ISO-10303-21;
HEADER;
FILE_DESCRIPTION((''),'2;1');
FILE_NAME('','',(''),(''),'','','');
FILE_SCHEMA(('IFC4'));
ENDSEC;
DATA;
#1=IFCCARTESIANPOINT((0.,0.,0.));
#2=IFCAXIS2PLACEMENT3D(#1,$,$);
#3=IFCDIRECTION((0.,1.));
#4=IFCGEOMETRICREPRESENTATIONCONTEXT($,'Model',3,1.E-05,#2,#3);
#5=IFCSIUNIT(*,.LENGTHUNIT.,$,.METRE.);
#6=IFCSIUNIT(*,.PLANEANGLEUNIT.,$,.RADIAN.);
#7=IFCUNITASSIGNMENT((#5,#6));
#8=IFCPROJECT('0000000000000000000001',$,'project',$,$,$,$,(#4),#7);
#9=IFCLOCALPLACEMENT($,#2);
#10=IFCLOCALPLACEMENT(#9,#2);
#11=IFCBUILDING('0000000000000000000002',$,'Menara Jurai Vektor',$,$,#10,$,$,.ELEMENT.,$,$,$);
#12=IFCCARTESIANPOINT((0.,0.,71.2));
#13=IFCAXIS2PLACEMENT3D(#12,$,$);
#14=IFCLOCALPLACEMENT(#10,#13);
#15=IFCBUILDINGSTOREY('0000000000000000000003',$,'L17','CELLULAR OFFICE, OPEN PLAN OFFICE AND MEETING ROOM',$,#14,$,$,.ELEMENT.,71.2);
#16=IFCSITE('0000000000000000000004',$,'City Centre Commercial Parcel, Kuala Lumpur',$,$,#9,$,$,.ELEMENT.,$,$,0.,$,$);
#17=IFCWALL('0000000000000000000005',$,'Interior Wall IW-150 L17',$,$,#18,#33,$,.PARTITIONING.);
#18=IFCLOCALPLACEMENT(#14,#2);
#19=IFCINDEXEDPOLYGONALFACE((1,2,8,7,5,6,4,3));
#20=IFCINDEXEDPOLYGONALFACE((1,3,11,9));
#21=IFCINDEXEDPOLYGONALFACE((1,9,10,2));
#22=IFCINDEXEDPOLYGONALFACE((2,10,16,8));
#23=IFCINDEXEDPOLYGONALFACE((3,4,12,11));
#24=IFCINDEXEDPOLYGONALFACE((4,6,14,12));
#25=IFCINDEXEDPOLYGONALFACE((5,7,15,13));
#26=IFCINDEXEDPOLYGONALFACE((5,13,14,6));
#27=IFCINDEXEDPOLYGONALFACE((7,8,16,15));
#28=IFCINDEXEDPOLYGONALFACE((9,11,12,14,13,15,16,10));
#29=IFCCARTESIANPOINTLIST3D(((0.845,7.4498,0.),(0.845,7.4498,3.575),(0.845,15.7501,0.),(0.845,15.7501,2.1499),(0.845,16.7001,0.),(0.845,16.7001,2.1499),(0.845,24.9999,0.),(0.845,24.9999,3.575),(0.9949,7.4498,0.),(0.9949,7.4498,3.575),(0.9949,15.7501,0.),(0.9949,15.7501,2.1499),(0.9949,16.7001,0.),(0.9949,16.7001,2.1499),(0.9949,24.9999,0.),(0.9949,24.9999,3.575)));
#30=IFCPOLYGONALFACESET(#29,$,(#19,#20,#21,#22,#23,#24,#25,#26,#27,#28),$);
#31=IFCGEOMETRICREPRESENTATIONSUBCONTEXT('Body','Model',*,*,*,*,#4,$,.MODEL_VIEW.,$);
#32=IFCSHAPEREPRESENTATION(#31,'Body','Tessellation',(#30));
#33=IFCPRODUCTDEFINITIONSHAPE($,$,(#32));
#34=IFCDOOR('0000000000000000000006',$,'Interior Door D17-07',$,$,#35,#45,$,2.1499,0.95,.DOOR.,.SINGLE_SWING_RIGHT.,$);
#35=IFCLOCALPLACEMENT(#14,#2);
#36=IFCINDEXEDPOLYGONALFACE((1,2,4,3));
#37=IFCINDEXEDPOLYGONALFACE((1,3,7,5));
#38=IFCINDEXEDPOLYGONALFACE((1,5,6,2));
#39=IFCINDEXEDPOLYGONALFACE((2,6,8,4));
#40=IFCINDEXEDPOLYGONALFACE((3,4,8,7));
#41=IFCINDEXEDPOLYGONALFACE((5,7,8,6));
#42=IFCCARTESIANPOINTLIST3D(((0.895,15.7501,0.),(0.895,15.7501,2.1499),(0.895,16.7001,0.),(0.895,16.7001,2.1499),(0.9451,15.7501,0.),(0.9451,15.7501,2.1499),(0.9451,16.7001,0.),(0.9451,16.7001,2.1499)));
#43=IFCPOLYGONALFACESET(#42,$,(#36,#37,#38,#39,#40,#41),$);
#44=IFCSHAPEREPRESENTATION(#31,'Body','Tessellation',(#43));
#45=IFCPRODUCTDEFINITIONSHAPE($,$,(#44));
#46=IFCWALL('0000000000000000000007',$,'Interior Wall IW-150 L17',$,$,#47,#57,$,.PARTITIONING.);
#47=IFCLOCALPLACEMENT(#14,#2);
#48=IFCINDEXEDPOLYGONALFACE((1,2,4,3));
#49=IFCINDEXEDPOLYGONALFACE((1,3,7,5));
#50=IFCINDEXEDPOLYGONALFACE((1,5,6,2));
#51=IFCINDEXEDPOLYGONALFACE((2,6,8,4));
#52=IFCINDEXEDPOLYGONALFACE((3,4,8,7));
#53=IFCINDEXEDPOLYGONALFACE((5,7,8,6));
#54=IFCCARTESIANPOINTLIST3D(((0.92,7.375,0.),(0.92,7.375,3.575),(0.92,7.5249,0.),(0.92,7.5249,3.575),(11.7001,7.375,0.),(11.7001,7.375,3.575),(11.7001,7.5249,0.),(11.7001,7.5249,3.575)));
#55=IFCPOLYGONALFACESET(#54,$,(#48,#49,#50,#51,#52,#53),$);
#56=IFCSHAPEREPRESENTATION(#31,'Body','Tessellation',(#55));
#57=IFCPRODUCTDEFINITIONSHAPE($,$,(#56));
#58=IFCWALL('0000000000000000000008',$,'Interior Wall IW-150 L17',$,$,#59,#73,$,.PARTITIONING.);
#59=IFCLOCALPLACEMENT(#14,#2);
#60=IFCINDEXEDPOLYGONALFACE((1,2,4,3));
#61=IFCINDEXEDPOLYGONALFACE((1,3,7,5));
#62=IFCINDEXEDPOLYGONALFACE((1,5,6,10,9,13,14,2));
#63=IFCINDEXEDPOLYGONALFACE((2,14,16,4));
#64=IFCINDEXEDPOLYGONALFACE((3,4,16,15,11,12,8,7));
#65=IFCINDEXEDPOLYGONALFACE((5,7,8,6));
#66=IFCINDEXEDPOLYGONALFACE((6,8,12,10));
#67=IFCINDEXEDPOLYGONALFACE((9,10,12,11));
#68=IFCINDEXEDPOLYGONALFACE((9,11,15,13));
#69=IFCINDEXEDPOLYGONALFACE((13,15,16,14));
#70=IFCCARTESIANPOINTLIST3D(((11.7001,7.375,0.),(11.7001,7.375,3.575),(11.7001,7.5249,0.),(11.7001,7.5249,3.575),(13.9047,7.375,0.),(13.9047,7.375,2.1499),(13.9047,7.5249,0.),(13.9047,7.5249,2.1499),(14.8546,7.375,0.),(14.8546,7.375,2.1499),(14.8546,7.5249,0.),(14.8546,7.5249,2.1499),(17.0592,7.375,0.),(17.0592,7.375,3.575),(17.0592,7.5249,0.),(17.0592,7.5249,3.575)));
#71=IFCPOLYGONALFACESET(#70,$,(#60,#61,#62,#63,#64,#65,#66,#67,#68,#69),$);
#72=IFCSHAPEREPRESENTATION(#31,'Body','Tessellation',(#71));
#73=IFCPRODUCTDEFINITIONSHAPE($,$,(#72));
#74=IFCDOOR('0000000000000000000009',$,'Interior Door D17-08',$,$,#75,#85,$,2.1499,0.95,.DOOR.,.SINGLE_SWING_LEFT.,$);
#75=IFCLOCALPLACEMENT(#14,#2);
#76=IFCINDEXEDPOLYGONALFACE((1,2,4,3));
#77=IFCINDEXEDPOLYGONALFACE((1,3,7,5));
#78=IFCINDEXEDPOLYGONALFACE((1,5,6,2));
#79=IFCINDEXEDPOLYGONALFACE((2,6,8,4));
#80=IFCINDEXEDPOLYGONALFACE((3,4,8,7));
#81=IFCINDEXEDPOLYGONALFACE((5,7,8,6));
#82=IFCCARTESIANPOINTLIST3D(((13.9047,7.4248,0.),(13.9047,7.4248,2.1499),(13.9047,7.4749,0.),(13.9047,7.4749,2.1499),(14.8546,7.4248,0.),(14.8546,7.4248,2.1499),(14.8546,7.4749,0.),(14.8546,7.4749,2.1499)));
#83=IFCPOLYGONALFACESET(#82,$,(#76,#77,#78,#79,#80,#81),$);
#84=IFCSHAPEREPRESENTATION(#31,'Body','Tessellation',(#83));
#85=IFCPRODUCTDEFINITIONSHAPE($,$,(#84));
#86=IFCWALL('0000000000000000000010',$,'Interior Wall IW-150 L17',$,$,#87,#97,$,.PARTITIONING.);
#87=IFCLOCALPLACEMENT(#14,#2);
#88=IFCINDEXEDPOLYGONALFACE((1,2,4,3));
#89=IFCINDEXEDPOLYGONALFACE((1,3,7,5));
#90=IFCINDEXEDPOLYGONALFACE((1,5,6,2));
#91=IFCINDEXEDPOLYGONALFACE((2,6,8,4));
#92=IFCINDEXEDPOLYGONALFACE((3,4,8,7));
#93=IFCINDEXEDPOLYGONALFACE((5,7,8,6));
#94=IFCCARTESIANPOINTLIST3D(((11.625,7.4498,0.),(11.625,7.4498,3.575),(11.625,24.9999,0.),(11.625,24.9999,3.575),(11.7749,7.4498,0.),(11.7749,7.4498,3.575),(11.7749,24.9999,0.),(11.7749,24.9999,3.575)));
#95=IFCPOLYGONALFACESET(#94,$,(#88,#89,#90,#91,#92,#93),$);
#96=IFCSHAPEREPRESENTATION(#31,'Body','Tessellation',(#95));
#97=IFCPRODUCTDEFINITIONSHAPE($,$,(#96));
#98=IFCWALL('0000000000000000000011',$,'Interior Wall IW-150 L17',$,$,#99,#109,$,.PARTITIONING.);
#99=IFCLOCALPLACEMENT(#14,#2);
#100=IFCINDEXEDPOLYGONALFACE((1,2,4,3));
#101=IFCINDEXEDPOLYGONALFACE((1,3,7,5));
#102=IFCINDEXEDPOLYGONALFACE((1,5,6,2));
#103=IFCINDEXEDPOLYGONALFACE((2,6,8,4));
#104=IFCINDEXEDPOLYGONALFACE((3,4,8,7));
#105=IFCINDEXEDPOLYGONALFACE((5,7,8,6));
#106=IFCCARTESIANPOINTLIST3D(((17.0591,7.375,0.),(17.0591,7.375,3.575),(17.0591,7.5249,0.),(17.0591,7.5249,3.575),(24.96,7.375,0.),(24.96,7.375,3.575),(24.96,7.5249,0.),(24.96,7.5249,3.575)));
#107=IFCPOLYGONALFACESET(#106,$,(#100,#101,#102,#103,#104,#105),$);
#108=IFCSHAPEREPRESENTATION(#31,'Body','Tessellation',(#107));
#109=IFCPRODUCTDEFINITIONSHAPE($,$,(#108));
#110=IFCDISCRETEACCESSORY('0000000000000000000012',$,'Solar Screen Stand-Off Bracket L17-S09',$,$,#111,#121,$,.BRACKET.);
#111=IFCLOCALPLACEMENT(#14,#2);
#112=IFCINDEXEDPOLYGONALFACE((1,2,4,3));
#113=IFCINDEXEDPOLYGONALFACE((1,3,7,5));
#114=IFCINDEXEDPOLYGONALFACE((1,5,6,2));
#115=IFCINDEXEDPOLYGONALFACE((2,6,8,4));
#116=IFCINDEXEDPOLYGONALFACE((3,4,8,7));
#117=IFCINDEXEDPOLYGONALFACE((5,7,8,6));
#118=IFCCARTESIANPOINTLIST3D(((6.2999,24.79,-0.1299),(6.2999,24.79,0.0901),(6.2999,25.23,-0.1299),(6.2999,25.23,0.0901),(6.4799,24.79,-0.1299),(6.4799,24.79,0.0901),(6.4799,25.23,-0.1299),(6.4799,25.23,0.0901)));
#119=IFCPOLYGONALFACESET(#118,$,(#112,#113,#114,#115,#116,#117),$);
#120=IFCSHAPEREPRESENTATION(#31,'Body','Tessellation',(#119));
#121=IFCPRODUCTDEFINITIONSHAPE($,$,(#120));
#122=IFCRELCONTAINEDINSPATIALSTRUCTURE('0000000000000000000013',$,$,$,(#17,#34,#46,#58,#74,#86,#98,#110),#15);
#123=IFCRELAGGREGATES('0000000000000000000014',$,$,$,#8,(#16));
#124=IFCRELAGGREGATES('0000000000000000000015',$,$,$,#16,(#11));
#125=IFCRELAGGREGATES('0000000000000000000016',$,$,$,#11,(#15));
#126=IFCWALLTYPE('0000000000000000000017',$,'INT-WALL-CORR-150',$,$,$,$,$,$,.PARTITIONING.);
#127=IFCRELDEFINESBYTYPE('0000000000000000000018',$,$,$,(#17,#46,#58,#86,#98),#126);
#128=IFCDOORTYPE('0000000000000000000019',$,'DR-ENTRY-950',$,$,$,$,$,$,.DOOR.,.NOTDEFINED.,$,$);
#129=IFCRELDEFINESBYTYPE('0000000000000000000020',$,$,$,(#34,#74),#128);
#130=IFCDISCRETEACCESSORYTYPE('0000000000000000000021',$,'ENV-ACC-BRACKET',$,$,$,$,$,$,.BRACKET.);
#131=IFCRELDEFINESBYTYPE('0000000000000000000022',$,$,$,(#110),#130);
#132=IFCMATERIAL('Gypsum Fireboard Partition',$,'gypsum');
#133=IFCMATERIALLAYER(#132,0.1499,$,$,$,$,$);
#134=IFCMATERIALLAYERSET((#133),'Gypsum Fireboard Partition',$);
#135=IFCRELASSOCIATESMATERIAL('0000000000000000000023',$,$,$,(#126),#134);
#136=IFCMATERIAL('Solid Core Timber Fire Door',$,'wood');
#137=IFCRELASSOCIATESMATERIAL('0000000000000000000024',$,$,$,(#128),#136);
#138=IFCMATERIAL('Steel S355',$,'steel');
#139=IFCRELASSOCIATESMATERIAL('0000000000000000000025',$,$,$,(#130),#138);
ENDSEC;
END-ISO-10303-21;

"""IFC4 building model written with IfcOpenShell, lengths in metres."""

from ifc_helpers import new_model, si_unit, direction, frame, frame_2d, origin, origin_2d, place, context, subcontext, project, spatial, rectangle, extrude, material, layer, layer_set, type_object, element, fill, save


model = new_model("IFC4")

# Units and contexts
model_context = context("Model", 3, precision=1e-05, world=origin(), true_north=direction((0.0, 1.0)))
body_context = subcontext(model_context, "Body", "Model", "MODEL_VIEW")
ifc_project = project(units=[si_unit("LENGTHUNIT", "METRE"), si_unit("PLANEANGLEUNIT", "RADIAN")], contexts=[model_context])

# Site, building, storey
site_placement = place(None, origin())
site = spatial("IfcSite", under=ifc_project, at=site_placement, Name="City Centre Commercial Parcel, Kuala Lumpur", CompositionType="ELEMENT", RefElevation=0.0)
building_placement = place(site_placement, origin())
building = spatial("IfcBuilding", under=site, at=building_placement, Name="Menara Jurai Vektor", CompositionType="ELEMENT")
storey_placement = place(building_placement, frame((0.0, 0.0, 71.2)))
storey = spatial("IfcBuildingStorey", under=building, at=storey_placement, Name="L17", Description="CELLULAR OFFICE, OPEN PLAN OFFICE AND MEETING ROOM", CompositionType="ELEMENT", Elevation=71.2)

# Shared definitions
ifc_material_1 = material(Name="Steel S355", Category="steel")

# Wall, opening, door
ifc_material_2 = material(Name="Gypsum Fireboard Partition", Category="gypsum")
ifc_layer_1 = layer(ifc_material_2, 0.1499)
ifc_layer_set_1 = layer_set([ifc_layer_1], Name="Gypsum Fireboard Partition")
wall_type = type_object("IfcWallType", Name="INT-WALL-CORR-150", PredefinedType="PARTITIONING", material=ifc_layer_set_1)
wall_1_placement = place(storey_placement, frame((0.9199, 7.45, 0.0), z_axis=(0.0, 0.0, 1.0), x_axis=(0.0, 1.0, 0.0)))
wall_1 = element("IfcWall", 1, at=wall_1_placement, inside=storey, type_object=wall_type, Name="Interior Wall IW-150 L17", PredefinedType="PARTITIONING", context=body_context, shape_type="SweptSolid", body=[
    extrude(rectangle(XDim=17.55, YDim=0.1499, at=frame_2d((8.7749, 0.0))), origin(), (0.0, 0.0, 1.0), 3.575),
])
opening_1_placement = place(wall_1_placement, frame((8.3, 0.0, 0.0)))
opening_1 = element("IfcOpeningElement", 2, at=opening_1_placement, cuts=wall_1, PredefinedType="OPENING", context=body_context, shape_type="SweptSolid", body=[
    extrude(rectangle(XDim=0.95, YDim=2.1499, at=frame_2d((0.4751, 1.075))), frame((0.0, 0.085, 0.0), z_axis=(0.0, -1.0, 0.0), x_axis=(1.0, 0.0, 0.0)), (0.0, 0.0, 1.0), 0.1699),
])
ifc_material_3 = material(Name="Solid Core Timber Fire Door", Category="wood")
door_type = type_object("IfcDoorType", Name="DR-ENTRY-950", OperationType="NOTDEFINED", PredefinedType="DOOR", material=ifc_material_3)
door_1_placement = place(opening_1_placement, origin())
door_1 = element("IfcDoor", 3, at=door_1_placement, inside=storey, type_object=door_type, Name="Interior Door D17-07", OperationType="SINGLE_SWING_RIGHT", OverallHeight=2.1499, OverallWidth=0.95, PredefinedType="DOOR", context=body_context, shape_type="SweptSolid", body=[
    extrude(rectangle(XDim=0.95, YDim=2.1499, at=frame_2d((0.4751, 1.075))), frame((0.0, 0.0249, 0.0), z_axis=(0.0, -1.0, 0.0), x_axis=(1.0, 0.0, 0.0)), (0.0, 0.0, 1.0), 0.05),
])
fill(opening_1, door_1)

# Wall
wall_2_placement = place(storey_placement, frame((0.9199, 7.45, 0.0), z_axis=(0.0, 0.0, 1.0), x_axis=(1.0, 0.0, 0.0)))
element("IfcWall", 4, at=wall_2_placement, inside=storey, type_object=wall_type, Name="Interior Wall IW-150 L17", PredefinedType="PARTITIONING", context=body_context, shape_type="SweptSolid", body=[
    extrude(rectangle(XDim=10.78, YDim=0.1499, at=frame_2d((5.3901, 0.0))), origin(), (0.0, 0.0, 1.0), 3.575),
])

# Wall, opening, door
wall_3_placement = place(storey_placement, frame((11.7, 7.45, 0.0), z_axis=(0.0, 0.0, 1.0), x_axis=(1.0, 0.0, 0.0)))
wall_3 = element("IfcWall", 5, at=wall_3_placement, inside=storey, type_object=wall_type, Name="Interior Wall IW-150 L17", PredefinedType="PARTITIONING", context=body_context, shape_type="SweptSolid", body=[
    extrude(rectangle(XDim=5.3591, YDim=0.1499, at=frame_2d((2.6797, 0.0))), origin(), (0.0, 0.0, 1.0), 3.575),
])
opening_2_placement = place(wall_3_placement, frame((2.2046, 0.0, 0.0)))
opening_2 = element("IfcOpeningElement", 6, at=opening_2_placement, cuts=wall_3, PredefinedType="OPENING", context=body_context, shape_type="SweptSolid", body=[
    extrude(rectangle(XDim=0.95, YDim=2.1499, at=frame_2d((0.4751, 1.075))), frame((0.0, 0.085, 0.0), z_axis=(0.0, -1.0, 0.0), x_axis=(1.0, 0.0, 0.0)), (0.0, 0.0, 1.0), 0.1699),
])
door_2_placement = place(opening_2_placement, origin())
door_2 = element("IfcDoor", 7, at=door_2_placement, inside=storey, type_object=door_type, Name="Interior Door D17-08", OperationType="SINGLE_SWING_LEFT", OverallHeight=2.1499, OverallWidth=0.95, PredefinedType="DOOR", context=body_context, shape_type="SweptSolid", body=[
    extrude(rectangle(XDim=0.95, YDim=2.1499, at=frame_2d((0.4751, 1.075))), frame((0.0, 0.0249, 0.0), z_axis=(0.0, -1.0, 0.0), x_axis=(1.0, 0.0, 0.0)), (0.0, 0.0, 1.0), 0.05),
])
fill(opening_2, door_2)

# Walls
wall_4_placement = place(storey_placement, frame((11.7, 7.45, 0.0), z_axis=(0.0, 0.0, 1.0), x_axis=(0.0, 1.0, 0.0)))
element("IfcWall", 8, at=wall_4_placement, inside=storey, type_object=wall_type, Name="Interior Wall IW-150 L17", PredefinedType="PARTITIONING", context=body_context, shape_type="SweptSolid", body=[
    extrude(rectangle(XDim=17.55, YDim=0.1499, at=frame_2d((8.7749, 0.0))), origin(), (0.0, 0.0, 1.0), 3.575),
])
wall_5_placement = place(storey_placement, frame((17.0591, 7.45, 0.0), z_axis=(0.0, 0.0, 1.0), x_axis=(1.0, 0.0, 0.0)))
element("IfcWall", 9, at=wall_5_placement, inside=storey, type_object=wall_type, Name="Interior Wall IW-150 L17", PredefinedType="PARTITIONING", context=body_context, shape_type="SweptSolid", body=[
    extrude(rectangle(XDim=7.9009, YDim=0.1499, at=frame_2d((3.9504, 0.0))), origin(), (0.0, 0.0, 1.0), 3.575),
])

# Discrete accessory
discrete_accessory_type = type_object("IfcDiscreteAccessoryType", Name="ENV-ACC-BRACKET", PredefinedType="BRACKET", material=ifc_material_1)
discrete_accessory_placement = place(storey_placement, frame((6.3899, 25.01, -0.1299), z_axis=(0.0, 0.0, 1.0), x_axis=(-1.0, 0.0, 0.0)))
element("IfcDiscreteAccessory", 10, at=discrete_accessory_placement, inside=storey, type_object=discrete_accessory_type, Name="Solar Screen Stand-Off Bracket L17-S09", PredefinedType="BRACKET", context=body_context, shape_type="SweptSolid", body=[
    extrude(rectangle(XDim=0.1799, YDim=0.4399, at=origin_2d()), origin(), (0.0, 0.0, 1.0), 0.22),
])

save(model, "model.ifc")
